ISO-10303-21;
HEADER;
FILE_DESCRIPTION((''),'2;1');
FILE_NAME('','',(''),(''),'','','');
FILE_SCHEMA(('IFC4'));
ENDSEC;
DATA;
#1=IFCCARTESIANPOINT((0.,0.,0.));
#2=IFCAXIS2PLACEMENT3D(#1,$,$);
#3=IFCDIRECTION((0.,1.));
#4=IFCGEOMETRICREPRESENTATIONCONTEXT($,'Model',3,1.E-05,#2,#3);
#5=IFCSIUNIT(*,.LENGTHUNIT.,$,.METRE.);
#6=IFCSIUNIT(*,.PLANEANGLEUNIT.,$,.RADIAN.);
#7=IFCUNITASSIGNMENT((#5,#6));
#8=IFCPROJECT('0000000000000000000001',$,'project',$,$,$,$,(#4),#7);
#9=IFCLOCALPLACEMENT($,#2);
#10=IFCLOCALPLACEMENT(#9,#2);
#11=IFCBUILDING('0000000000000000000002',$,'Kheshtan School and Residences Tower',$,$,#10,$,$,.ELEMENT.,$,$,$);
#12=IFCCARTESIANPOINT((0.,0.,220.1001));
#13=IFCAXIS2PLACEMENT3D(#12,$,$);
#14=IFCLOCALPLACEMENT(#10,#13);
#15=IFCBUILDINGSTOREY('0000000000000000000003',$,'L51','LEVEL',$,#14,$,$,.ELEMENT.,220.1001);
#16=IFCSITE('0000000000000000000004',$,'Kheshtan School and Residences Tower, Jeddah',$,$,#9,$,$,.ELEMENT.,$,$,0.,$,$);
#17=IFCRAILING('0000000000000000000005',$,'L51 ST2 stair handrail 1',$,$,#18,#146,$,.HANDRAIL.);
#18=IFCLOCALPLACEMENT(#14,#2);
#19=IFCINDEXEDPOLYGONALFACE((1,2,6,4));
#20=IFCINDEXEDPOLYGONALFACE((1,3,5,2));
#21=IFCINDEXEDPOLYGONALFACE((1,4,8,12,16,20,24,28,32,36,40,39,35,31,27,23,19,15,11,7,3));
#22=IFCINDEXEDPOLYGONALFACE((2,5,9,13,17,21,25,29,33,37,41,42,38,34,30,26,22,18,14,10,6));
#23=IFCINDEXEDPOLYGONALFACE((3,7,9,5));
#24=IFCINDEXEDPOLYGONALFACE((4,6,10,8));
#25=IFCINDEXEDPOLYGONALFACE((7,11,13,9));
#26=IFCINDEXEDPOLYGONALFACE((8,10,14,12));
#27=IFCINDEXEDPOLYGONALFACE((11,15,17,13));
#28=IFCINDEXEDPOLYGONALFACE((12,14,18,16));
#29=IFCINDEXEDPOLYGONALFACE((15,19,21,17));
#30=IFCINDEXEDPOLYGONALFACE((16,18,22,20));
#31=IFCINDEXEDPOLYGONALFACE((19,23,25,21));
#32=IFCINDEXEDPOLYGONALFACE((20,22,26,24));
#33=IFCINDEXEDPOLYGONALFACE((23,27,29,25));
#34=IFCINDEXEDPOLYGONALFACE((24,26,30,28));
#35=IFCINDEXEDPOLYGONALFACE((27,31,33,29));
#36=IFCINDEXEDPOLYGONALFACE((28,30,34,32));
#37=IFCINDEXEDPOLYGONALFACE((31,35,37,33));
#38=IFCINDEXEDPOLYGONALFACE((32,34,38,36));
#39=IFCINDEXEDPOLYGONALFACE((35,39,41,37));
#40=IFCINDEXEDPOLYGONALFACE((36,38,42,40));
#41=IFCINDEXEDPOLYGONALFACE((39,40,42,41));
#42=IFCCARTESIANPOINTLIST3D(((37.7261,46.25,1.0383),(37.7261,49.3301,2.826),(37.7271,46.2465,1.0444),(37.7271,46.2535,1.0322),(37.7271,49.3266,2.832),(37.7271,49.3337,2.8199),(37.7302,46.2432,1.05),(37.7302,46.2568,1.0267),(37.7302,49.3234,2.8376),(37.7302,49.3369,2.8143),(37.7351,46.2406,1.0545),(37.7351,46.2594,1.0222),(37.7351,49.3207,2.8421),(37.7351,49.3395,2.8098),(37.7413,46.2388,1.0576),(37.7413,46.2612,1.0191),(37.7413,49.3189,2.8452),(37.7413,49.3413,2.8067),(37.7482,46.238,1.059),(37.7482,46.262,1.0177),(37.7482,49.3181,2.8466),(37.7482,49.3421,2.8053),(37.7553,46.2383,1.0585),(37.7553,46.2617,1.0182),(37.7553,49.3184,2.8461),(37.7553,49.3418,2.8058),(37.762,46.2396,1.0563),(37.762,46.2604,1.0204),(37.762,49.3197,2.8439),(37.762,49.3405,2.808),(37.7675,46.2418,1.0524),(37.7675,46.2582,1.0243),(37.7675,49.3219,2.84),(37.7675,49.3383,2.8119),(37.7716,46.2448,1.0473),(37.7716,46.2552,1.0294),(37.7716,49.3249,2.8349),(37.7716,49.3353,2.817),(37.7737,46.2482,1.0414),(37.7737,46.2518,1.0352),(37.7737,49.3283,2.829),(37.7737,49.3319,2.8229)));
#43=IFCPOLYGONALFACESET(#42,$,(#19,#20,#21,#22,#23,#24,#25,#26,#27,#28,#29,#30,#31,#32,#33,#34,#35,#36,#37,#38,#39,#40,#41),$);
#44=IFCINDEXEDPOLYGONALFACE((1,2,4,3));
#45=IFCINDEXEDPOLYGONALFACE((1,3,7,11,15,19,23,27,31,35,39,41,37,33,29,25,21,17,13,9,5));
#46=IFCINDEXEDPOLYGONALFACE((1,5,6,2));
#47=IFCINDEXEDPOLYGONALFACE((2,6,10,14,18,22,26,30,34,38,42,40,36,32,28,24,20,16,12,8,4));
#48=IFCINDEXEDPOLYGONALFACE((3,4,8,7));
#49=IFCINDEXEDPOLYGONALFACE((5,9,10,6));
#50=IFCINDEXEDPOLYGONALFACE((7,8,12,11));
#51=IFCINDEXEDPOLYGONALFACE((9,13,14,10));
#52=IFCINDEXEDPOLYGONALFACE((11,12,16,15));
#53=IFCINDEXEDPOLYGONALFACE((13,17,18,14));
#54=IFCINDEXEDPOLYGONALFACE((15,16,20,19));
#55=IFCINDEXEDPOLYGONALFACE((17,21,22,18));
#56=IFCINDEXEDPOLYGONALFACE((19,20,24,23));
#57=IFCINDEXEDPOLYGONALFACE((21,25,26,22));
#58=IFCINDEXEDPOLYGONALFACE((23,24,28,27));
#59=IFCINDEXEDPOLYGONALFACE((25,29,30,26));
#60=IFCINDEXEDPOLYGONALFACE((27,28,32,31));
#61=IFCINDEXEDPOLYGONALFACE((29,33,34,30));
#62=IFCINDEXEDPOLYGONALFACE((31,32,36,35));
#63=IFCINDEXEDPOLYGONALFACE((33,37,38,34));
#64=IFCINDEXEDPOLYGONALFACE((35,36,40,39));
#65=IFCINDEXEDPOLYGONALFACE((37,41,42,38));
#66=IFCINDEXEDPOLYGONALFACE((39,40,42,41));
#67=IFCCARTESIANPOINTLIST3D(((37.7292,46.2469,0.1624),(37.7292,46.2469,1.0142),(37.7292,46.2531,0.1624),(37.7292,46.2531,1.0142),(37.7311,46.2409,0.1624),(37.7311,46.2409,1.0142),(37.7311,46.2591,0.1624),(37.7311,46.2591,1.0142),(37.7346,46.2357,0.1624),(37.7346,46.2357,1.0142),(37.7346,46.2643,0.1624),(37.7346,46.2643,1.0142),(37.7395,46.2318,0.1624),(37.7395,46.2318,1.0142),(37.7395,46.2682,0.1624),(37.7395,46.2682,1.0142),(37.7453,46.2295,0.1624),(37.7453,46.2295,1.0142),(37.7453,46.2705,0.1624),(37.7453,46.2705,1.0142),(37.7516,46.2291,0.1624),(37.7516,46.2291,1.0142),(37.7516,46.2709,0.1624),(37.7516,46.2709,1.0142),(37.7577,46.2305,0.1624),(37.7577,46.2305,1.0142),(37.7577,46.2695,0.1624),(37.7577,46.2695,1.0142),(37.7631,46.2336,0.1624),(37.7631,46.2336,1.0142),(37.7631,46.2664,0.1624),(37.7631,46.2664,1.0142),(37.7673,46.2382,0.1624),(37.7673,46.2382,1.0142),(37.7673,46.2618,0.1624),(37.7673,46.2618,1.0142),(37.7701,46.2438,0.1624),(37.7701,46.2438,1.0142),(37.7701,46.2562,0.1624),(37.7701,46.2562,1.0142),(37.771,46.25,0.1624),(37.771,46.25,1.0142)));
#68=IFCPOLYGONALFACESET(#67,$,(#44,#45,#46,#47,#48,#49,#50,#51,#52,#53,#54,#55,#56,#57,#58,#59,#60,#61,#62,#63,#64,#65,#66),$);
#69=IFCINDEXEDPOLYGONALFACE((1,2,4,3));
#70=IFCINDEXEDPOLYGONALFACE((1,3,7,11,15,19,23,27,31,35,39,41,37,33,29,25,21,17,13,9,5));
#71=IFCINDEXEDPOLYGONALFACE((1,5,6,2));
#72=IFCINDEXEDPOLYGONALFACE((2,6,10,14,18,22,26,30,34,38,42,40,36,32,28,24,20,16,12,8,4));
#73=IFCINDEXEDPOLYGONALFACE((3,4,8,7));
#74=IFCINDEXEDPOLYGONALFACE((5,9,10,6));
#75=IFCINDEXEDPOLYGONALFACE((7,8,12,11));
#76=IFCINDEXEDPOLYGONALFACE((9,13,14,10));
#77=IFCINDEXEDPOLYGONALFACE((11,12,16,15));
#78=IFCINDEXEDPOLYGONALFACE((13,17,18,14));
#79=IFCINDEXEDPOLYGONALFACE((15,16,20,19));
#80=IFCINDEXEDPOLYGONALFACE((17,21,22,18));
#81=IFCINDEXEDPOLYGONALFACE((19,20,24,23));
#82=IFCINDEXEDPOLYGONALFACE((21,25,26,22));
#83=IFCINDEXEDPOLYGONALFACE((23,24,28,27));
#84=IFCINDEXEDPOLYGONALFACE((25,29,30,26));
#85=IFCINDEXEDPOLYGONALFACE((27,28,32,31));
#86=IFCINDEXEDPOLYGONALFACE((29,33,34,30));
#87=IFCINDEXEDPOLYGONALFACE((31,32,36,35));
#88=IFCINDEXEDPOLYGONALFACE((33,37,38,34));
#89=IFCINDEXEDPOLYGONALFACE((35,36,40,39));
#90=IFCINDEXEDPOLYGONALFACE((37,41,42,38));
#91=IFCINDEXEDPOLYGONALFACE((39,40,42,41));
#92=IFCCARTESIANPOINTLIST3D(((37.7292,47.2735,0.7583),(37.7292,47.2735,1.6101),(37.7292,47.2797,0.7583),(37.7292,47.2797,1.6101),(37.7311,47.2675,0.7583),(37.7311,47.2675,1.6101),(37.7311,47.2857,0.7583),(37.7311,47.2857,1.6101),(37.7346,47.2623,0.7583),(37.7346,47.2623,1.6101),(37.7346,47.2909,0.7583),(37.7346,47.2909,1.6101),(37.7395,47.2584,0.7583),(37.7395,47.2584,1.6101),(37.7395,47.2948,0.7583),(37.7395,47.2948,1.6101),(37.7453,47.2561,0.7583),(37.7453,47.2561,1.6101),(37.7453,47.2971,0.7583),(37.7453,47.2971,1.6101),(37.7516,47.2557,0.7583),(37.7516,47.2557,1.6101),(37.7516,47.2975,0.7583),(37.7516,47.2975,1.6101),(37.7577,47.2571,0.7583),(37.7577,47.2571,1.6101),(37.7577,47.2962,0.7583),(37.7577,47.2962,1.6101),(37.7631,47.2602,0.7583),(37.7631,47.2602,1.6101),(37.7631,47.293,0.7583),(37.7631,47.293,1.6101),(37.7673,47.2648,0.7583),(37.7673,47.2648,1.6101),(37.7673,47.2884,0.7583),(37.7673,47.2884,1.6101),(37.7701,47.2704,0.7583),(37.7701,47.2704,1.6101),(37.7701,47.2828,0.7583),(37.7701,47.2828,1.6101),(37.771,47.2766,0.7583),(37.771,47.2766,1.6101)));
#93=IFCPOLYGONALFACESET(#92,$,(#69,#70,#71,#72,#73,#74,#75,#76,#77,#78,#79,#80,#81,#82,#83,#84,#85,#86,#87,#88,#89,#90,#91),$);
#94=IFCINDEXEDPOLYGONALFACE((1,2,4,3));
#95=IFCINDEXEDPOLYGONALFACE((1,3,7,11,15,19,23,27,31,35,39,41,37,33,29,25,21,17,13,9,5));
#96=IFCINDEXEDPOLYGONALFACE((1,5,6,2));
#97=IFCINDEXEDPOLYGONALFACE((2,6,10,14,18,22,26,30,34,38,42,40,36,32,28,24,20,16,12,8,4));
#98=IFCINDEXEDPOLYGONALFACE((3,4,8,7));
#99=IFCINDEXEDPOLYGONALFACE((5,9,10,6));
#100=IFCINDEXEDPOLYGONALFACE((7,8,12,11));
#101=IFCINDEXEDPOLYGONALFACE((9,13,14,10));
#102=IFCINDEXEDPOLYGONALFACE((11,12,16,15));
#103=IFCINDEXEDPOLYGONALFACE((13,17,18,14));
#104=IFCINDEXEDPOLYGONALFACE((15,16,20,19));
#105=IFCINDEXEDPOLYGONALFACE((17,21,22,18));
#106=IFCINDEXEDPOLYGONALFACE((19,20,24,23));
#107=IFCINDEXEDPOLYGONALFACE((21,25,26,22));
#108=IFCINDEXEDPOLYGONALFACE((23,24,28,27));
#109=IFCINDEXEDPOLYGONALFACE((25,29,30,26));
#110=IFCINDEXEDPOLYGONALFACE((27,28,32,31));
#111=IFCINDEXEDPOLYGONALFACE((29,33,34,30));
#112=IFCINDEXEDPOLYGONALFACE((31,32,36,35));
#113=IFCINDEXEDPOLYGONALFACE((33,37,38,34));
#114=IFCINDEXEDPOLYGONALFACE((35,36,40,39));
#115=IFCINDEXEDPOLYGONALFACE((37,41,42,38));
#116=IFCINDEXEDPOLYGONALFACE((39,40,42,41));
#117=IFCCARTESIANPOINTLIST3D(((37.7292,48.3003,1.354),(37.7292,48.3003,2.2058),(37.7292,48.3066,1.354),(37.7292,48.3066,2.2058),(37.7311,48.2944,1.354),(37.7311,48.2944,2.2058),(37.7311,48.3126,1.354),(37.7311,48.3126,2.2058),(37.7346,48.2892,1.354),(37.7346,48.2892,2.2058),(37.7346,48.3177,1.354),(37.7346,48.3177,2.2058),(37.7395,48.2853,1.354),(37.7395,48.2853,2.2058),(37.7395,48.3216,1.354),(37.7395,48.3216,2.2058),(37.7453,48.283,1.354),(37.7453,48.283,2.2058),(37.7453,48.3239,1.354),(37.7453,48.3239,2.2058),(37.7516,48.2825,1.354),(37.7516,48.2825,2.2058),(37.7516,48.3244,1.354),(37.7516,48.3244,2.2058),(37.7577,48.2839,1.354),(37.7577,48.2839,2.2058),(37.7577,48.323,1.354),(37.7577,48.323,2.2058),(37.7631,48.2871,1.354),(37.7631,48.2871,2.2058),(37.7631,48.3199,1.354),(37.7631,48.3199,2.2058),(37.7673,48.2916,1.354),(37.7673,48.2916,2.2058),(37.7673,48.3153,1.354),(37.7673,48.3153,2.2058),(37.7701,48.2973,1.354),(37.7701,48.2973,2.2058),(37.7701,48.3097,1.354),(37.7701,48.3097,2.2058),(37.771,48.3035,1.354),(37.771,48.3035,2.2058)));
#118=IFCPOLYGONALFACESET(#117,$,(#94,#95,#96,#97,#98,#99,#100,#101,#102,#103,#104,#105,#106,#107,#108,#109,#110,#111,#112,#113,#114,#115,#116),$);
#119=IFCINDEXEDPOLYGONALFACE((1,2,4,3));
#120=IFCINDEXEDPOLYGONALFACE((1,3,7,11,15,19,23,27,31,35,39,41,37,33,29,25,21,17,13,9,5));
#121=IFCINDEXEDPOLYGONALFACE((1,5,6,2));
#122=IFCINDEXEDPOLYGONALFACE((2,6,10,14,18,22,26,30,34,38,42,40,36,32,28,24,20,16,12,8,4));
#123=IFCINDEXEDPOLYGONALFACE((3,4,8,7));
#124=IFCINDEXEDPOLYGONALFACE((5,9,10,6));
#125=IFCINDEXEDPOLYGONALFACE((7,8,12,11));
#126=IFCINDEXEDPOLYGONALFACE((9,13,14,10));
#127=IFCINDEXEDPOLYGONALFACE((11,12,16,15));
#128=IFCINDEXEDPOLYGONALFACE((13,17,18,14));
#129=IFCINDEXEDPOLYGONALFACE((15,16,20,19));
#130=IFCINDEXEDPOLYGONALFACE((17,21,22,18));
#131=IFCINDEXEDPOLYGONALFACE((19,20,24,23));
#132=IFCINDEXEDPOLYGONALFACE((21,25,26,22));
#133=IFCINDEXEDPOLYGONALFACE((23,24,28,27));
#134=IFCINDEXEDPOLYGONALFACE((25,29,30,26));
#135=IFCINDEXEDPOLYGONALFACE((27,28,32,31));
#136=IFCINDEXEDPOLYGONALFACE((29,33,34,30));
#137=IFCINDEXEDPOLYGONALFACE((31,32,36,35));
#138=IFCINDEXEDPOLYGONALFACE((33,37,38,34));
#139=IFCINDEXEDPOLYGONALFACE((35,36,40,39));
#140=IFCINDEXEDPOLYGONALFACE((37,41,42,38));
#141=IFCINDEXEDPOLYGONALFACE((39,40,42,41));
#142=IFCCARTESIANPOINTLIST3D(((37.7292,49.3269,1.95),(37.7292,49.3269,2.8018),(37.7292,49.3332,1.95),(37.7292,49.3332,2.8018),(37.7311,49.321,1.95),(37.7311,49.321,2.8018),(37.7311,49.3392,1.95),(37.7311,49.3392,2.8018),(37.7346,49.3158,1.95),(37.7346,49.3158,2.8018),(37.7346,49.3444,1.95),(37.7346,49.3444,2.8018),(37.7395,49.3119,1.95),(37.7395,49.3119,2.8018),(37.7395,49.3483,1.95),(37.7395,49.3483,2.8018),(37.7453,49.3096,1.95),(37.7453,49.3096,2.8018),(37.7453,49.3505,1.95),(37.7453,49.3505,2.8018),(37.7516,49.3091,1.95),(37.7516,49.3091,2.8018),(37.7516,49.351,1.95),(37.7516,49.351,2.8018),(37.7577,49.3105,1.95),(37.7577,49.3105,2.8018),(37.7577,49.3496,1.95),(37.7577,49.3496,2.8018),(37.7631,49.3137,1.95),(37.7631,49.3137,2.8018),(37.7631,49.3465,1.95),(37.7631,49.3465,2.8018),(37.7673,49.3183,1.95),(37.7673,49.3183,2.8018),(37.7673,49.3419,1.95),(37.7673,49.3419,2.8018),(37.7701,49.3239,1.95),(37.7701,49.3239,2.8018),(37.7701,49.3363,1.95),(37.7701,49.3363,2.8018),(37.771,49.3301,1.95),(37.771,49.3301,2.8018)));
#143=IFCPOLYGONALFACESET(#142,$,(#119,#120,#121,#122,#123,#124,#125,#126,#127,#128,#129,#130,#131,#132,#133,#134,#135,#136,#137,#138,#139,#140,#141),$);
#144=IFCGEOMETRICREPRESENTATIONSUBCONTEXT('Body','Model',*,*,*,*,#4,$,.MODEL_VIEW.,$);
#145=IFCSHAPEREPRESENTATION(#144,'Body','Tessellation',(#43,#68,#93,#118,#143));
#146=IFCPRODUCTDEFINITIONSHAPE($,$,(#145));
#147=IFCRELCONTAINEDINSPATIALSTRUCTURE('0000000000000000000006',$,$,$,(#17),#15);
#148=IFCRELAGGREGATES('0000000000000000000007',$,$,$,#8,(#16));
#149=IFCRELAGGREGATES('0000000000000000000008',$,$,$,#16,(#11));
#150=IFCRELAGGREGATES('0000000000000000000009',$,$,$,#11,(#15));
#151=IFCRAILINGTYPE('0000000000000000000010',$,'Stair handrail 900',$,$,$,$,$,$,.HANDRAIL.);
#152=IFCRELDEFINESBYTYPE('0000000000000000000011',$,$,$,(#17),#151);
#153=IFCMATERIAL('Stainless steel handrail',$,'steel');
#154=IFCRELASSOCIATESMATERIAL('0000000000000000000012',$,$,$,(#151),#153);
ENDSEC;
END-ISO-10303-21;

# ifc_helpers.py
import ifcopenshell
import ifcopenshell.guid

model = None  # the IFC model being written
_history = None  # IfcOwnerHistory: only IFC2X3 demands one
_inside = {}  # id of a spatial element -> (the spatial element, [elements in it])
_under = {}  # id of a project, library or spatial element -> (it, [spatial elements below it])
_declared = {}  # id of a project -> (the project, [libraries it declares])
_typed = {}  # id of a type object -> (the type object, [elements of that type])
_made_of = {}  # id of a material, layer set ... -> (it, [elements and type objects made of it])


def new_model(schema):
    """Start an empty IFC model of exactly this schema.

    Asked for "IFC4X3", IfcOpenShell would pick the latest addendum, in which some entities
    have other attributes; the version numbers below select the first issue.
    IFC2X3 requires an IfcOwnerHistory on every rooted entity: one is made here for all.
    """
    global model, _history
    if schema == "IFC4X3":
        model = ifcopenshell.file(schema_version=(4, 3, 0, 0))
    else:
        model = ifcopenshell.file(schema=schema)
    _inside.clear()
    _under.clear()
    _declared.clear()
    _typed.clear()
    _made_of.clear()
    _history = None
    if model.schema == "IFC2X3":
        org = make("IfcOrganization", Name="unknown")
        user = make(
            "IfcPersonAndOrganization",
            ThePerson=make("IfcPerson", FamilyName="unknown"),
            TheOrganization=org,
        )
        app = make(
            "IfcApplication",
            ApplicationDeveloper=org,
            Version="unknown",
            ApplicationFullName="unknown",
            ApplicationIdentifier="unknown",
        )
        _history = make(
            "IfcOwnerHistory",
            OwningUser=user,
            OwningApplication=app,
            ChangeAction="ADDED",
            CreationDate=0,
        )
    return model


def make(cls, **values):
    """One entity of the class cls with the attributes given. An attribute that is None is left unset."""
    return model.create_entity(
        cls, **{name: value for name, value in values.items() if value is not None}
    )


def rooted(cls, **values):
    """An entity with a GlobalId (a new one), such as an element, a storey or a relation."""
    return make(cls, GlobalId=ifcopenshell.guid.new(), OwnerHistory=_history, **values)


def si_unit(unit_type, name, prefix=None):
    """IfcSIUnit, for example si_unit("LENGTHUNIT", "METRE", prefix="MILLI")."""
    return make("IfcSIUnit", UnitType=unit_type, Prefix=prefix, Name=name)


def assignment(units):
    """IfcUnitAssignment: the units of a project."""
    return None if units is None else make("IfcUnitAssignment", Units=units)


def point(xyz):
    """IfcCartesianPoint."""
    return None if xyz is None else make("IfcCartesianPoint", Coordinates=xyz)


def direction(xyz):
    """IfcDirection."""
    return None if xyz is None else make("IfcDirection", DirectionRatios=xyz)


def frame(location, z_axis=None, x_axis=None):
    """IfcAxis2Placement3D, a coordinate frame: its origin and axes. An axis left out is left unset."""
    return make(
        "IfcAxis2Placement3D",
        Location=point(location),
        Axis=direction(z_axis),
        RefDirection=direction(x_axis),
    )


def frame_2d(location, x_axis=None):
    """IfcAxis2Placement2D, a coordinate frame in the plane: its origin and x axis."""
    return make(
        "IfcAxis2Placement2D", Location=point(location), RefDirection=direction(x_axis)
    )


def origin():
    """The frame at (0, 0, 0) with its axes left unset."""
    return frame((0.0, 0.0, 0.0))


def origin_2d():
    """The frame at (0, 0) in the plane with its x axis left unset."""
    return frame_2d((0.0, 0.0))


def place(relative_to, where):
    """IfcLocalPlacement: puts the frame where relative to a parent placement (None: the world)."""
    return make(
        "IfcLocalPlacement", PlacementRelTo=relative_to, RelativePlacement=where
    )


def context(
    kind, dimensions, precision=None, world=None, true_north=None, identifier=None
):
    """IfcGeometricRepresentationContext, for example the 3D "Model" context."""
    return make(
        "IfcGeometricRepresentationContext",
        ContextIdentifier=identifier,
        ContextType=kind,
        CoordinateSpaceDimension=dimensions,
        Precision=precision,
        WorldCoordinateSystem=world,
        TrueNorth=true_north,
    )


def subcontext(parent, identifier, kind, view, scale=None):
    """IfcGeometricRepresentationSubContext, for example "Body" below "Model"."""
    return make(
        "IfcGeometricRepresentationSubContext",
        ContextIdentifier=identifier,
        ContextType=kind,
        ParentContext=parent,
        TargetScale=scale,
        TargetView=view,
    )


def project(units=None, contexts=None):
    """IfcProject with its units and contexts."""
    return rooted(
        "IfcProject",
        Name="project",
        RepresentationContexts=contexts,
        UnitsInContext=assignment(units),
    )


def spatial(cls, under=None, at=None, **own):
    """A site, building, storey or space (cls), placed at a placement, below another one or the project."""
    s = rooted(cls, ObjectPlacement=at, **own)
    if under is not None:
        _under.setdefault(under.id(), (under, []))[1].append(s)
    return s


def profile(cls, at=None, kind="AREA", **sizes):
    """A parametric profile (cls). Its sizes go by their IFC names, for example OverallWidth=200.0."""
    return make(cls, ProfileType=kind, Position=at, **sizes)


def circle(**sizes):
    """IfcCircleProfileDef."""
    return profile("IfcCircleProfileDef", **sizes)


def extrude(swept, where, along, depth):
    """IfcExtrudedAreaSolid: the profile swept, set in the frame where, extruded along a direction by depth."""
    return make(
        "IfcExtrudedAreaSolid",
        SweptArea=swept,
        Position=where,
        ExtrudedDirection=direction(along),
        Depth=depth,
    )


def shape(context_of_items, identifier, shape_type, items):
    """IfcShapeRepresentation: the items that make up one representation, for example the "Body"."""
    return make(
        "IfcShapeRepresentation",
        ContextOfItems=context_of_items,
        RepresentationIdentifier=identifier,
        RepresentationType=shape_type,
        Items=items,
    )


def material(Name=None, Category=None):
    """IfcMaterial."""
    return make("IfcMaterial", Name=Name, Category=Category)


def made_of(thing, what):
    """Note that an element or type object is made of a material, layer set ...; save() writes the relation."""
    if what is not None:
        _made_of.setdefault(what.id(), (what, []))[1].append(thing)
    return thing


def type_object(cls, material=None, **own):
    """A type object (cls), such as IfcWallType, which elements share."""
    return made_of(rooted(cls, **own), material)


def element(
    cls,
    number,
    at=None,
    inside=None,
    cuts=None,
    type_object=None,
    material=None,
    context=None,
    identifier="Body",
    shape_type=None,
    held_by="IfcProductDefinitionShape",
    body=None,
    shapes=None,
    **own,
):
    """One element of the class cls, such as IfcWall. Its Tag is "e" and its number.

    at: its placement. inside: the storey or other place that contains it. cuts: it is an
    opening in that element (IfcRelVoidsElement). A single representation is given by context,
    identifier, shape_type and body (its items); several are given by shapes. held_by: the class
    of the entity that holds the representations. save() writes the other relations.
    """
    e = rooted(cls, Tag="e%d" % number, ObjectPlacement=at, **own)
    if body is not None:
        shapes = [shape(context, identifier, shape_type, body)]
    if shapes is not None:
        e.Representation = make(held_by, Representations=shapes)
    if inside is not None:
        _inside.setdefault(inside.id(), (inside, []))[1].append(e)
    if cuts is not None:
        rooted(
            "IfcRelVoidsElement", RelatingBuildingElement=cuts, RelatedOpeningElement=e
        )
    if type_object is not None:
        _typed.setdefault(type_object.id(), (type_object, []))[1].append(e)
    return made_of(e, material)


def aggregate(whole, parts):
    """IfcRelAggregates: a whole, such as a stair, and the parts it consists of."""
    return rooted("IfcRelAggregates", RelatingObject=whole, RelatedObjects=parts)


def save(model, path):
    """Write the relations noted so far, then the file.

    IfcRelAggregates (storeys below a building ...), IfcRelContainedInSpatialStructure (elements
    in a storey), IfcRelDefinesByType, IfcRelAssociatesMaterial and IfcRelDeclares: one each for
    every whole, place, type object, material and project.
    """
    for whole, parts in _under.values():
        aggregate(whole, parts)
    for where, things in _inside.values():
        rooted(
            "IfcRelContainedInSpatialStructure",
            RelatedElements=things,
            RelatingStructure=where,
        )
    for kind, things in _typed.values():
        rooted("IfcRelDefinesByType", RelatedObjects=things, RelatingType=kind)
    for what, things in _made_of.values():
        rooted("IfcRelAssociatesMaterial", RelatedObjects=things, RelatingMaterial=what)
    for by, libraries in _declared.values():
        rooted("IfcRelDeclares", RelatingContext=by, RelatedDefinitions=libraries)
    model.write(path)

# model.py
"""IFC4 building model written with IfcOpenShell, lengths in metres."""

from ifc_helpers import new_model, si_unit, direction, frame, origin, origin_2d, place, context, subcontext, project, spatial, circle, extrude, material, type_object, element, save


model = new_model("IFC4")

# Units and contexts
model_context = context("Model", 3, precision=1e-05, world=origin(), true_north=direction((0.0, 1.0)))
body_context = subcontext(model_context, "Body", "Model", "MODEL_VIEW")
ifc_project = project(units=[si_unit("LENGTHUNIT", "METRE"), si_unit("PLANEANGLEUNIT", "RADIAN")], contexts=[model_context])

# Site, building, storey
site_placement = place(None, origin())
site = spatial("IfcSite", under=ifc_project, at=site_placement, Name="Kheshtan School and Residences Tower, Jeddah", CompositionType="ELEMENT", RefElevation=0.0)
building_placement = place(site_placement, origin())
building = spatial("IfcBuilding", under=site, at=building_placement, Name="Kheshtan School and Residences Tower", CompositionType="ELEMENT")
storey_placement = place(building_placement, frame((0.0, 0.0, 220.1001)))
storey = spatial("IfcBuildingStorey", under=building, at=storey_placement, Name="L51", Description="LEVEL", CompositionType="ELEMENT", Elevation=220.1001)

# Railing
ifc_material_1 = material(Name="Stainless steel handrail", Category="steel")
railing_type_1 = type_object("IfcRailingType", Name="Stair handrail 900", PredefinedType="HANDRAIL", material=ifc_material_1)
railing_1_placement = place(storey_placement, frame((37.75, 46.25, 0.1624)))
element("IfcRailing", 1, at=railing_1_placement, inside=storey, type_object=railing_type_1, Name="L51 ST2 stair handrail 1", PredefinedType="HANDRAIL", context=body_context, shape_type="SweptSolid", body=[
    extrude(circle(Radius=0.0239, at=origin_2d()), frame((0.0, 0.0, 0.876), z_axis=(0.0, 0.864891, 0.50196), x_axis=(-1.0, 0.0, 0.0)), (0.0, 0.0, 1.0), 3.5613),
    extrude(circle(Radius=0.021, at=origin_2d()), origin(), (0.0, 0.0, 1.0), 0.8518),
    extrude(circle(Radius=0.021, at=origin_2d()), frame((0.0, 1.0266, 0.5959)), (0.0, 0.0, 1.0), 0.8518),
    extrude(circle(Radius=0.021, at=origin_2d()), frame((0.0, 2.0535, 1.1917)), (0.0, 0.0, 1.0), 0.8518),
    extrude(circle(Radius=0.021, at=origin_2d()), frame((0.0, 3.0801, 1.7876)), (0.0, 0.0, 1.0), 0.8518),
])

save(model, "model.ifc")
